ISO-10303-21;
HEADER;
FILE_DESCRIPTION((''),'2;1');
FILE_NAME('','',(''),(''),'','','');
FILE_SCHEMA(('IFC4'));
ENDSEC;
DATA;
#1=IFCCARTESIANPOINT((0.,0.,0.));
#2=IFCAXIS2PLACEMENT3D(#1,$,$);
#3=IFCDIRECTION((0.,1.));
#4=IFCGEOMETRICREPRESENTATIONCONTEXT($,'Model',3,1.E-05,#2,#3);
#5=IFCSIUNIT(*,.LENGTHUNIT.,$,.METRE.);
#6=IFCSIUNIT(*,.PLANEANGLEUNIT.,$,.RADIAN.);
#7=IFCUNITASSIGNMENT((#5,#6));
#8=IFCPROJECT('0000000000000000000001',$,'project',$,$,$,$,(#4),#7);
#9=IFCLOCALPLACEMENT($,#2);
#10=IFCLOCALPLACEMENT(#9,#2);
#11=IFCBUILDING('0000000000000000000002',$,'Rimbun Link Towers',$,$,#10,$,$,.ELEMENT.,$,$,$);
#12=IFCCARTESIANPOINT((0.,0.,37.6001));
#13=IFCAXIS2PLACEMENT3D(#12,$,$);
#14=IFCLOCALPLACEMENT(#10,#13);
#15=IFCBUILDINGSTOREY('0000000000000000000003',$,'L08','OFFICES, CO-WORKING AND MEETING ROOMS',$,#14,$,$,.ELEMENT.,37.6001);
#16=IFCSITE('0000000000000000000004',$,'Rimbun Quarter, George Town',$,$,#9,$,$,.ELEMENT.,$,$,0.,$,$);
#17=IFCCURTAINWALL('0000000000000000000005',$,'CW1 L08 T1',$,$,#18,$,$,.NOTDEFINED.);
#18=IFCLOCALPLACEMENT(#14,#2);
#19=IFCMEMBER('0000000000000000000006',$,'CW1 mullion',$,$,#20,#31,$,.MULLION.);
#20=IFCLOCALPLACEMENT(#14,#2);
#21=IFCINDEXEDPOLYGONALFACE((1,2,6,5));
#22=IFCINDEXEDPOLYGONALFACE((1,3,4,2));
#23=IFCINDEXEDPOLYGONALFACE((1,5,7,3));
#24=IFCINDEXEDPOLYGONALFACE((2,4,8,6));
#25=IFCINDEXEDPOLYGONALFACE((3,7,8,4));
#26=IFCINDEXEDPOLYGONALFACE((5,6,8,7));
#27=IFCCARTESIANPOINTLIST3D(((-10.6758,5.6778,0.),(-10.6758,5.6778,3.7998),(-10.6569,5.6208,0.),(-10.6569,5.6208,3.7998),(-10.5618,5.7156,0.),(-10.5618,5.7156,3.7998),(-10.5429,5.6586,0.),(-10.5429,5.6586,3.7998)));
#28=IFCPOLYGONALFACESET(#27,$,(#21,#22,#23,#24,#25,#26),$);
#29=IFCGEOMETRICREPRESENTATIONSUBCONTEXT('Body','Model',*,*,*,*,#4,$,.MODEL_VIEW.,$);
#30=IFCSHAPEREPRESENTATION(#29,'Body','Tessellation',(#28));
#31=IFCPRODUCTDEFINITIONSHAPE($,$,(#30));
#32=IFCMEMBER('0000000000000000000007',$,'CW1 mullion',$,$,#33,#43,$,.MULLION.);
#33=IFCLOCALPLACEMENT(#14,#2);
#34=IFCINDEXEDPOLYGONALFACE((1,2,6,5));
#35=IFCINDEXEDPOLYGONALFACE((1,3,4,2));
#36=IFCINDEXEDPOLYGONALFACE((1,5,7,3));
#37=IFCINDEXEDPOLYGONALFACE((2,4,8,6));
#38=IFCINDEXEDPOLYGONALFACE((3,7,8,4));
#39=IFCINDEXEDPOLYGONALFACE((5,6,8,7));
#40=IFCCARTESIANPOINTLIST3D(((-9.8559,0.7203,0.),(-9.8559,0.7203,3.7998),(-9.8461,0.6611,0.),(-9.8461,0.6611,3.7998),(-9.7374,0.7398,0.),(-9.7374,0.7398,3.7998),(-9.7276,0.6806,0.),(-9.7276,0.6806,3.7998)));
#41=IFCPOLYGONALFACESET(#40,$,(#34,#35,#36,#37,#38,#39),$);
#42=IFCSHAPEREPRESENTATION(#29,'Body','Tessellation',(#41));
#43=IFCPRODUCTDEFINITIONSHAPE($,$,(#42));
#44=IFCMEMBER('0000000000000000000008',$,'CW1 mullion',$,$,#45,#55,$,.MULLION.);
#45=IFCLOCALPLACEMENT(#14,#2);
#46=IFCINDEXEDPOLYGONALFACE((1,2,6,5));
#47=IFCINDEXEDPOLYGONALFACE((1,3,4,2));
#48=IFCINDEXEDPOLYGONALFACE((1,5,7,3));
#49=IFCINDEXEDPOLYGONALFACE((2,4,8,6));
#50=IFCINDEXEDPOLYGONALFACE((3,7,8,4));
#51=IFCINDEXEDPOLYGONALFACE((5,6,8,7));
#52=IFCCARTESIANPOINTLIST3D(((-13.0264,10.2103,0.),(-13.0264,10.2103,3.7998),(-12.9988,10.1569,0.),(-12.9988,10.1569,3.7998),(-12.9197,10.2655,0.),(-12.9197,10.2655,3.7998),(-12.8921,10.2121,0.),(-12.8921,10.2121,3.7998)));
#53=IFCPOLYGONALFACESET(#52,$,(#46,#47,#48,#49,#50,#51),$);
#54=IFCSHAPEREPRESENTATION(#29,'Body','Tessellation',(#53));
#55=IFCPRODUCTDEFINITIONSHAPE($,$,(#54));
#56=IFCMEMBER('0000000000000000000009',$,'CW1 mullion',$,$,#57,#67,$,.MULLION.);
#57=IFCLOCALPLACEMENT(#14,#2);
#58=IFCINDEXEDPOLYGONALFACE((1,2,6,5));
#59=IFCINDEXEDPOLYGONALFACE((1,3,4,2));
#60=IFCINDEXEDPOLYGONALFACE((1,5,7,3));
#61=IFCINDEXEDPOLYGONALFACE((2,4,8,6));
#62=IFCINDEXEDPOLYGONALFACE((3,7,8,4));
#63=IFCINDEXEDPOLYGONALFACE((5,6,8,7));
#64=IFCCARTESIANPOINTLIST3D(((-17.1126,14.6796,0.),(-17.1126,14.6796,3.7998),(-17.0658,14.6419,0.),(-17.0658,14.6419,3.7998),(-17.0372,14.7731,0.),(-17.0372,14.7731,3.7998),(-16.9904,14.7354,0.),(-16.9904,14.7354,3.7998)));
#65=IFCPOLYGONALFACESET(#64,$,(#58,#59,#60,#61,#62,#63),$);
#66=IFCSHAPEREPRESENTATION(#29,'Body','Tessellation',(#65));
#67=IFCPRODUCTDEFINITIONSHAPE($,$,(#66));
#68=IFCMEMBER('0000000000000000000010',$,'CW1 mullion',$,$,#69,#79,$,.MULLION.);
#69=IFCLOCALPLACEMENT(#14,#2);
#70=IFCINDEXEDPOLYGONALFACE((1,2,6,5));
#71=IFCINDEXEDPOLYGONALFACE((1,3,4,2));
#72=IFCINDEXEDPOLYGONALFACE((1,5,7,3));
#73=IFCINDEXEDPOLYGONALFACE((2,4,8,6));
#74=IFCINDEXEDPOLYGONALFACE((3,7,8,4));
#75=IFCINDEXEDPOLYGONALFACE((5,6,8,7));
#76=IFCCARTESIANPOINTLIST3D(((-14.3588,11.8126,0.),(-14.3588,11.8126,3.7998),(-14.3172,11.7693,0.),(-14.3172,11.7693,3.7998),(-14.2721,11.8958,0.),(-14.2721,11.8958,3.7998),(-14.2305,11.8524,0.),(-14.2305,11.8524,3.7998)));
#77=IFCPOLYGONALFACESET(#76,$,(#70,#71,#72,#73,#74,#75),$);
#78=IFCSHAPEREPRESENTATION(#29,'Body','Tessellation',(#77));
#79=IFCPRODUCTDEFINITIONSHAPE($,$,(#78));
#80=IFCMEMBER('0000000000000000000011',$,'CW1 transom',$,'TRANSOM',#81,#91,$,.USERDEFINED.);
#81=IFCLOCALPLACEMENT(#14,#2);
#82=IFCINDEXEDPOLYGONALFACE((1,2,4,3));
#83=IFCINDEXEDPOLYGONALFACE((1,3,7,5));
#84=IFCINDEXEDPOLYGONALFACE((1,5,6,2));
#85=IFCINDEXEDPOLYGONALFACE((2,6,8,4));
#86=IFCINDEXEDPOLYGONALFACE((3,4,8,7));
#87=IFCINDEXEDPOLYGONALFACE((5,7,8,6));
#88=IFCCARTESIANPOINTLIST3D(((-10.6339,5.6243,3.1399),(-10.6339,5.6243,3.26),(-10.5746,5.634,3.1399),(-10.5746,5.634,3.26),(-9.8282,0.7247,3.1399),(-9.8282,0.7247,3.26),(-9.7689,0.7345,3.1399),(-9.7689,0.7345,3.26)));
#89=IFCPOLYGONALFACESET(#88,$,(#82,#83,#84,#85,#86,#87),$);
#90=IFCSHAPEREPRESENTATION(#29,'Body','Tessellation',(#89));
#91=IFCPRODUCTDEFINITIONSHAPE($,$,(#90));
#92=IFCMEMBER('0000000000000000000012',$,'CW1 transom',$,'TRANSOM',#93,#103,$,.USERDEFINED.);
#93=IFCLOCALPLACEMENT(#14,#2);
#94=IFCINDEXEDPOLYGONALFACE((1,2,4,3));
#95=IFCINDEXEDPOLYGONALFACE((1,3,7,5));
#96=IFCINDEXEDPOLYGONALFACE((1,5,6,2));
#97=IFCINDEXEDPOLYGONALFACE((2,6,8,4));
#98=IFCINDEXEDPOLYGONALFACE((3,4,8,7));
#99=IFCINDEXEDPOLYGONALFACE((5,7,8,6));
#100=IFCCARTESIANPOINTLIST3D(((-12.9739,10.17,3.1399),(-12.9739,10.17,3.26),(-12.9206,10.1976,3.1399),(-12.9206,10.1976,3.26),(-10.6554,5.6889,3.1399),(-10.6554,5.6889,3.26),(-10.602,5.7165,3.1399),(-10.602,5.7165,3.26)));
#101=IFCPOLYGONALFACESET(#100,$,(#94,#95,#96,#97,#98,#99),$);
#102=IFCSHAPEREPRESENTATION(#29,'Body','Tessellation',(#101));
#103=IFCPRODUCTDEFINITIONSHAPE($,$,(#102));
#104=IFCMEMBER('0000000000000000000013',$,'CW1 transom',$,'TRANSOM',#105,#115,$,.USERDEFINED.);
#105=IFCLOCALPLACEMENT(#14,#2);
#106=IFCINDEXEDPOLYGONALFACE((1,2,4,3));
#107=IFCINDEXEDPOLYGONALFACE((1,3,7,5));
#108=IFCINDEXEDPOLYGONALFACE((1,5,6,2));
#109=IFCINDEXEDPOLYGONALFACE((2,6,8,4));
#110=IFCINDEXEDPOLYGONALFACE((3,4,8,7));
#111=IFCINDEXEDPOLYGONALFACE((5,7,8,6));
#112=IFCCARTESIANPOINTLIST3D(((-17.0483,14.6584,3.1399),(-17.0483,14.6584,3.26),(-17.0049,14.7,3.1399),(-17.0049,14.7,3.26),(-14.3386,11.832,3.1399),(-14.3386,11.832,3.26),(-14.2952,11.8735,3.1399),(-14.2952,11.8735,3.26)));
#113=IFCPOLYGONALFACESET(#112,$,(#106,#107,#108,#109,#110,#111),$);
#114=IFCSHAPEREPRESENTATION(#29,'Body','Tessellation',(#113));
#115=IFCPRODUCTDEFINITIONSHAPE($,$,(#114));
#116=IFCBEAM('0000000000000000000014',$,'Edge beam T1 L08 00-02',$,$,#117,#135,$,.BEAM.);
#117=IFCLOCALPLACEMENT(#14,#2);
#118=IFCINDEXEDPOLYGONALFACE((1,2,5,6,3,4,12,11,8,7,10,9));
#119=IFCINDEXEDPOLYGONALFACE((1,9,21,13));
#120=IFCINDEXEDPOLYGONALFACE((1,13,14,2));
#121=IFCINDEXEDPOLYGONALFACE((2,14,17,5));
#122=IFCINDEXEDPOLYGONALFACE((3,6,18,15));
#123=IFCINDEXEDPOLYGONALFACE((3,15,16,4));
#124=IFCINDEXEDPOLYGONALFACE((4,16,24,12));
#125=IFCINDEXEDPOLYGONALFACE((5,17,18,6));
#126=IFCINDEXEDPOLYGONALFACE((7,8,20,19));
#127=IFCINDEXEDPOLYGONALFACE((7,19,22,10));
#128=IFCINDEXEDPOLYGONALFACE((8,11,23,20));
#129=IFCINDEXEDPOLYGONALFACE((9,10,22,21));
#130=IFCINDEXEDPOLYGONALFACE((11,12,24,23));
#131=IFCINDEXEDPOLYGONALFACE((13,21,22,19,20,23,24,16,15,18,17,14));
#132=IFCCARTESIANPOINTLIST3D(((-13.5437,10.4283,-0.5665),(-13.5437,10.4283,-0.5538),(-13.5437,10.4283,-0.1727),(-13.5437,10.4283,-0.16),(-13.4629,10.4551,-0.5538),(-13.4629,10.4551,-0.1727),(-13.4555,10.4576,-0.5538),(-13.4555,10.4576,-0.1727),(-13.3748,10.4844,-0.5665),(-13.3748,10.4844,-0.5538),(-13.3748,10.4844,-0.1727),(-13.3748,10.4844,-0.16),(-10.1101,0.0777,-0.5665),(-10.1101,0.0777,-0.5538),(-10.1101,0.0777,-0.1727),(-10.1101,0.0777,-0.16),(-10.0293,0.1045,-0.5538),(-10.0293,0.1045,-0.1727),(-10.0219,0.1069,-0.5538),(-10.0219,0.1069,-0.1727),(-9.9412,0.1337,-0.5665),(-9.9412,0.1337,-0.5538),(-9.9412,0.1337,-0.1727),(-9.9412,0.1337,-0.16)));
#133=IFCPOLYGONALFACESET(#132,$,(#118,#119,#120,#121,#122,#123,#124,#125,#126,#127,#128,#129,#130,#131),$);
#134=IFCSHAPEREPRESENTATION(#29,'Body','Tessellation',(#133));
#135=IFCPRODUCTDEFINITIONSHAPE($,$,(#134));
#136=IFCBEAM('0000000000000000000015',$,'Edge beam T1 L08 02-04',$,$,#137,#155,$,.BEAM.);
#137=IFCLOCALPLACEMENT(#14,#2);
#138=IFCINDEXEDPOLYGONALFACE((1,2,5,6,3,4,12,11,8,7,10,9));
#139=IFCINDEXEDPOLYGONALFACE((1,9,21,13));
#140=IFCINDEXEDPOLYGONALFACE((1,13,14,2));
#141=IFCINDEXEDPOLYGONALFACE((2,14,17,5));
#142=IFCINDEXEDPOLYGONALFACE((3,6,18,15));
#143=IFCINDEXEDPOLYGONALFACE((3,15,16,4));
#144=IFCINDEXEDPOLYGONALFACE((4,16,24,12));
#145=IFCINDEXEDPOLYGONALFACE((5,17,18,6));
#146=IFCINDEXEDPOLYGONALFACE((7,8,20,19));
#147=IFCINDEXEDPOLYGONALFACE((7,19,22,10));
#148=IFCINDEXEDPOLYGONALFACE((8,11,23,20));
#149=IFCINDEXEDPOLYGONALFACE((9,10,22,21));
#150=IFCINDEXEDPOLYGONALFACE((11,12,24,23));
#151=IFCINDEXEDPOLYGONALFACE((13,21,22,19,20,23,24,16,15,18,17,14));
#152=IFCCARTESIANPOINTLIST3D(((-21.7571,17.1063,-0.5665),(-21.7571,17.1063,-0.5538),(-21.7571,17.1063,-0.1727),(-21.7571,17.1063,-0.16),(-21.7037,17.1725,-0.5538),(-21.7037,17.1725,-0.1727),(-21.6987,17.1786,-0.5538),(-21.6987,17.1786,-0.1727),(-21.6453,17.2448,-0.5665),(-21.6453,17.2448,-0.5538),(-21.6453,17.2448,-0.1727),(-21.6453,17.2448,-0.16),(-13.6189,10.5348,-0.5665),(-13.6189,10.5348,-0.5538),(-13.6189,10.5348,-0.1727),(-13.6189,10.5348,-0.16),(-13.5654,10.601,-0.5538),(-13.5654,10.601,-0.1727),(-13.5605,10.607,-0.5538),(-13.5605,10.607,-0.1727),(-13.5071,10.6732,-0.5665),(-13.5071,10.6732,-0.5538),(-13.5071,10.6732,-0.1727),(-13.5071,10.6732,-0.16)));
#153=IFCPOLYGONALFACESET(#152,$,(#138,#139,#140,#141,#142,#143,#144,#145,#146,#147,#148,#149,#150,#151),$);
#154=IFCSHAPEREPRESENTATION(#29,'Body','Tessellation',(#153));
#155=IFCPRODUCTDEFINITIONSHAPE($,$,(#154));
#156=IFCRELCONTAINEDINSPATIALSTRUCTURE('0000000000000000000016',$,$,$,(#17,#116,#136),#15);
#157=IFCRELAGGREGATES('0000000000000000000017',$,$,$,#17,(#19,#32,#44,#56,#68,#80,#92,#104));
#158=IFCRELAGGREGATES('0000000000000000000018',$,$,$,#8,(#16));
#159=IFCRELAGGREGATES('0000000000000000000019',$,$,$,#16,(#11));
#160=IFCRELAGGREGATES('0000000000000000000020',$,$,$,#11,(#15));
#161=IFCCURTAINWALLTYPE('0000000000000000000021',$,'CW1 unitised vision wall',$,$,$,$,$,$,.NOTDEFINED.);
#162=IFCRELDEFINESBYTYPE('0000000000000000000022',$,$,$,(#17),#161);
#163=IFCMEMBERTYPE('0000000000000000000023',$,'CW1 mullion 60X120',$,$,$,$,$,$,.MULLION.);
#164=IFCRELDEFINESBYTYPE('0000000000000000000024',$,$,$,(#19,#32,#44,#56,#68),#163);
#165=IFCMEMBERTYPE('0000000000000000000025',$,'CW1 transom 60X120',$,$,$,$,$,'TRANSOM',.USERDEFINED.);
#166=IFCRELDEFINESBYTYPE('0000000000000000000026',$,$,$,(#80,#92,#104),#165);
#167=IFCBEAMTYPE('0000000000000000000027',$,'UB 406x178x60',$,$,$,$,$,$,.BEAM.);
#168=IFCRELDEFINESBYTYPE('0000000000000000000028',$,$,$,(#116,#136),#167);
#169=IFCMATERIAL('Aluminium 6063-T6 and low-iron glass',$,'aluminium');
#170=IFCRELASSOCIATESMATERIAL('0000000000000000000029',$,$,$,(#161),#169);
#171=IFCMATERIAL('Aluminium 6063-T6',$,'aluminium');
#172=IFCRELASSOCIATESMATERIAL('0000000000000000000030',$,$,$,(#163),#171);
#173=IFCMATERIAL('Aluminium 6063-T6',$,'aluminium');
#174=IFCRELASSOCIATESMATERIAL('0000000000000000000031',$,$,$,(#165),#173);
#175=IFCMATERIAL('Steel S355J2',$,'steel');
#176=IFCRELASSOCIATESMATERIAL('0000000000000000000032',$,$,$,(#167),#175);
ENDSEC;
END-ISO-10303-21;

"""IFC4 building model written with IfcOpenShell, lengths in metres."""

from ifc_helpers import new_model, si_unit, direction, frame, origin, origin_2d, place, context, subcontext, project, spatial, rectangle, i_section, extrude, material, material_profile, profile_set, type_object, element, aggregate, save


model = new_model("IFC4")

# Units and contexts
model_context = context("Model", 3, precision=1e-05, world=origin(), true_north=direction((0.0, 1.0)))
body_context = subcontext(model_context, "Body", "Model", "MODEL_VIEW")
ifc_project = project(units=[si_unit("LENGTHUNIT", "METRE"), si_unit("PLANEANGLEUNIT", "RADIAN")], contexts=[model_context])

# Site, building, storey
site_placement = place(None, origin())
site = spatial("IfcSite", under=ifc_project, at=site_placement, Name="Rimbun Quarter, George Town", CompositionType="ELEMENT", RefElevation=0.0)
building_placement = place(site_placement, origin())
building = spatial("IfcBuilding", under=site, at=building_placement, Name="Rimbun Link Towers", CompositionType="ELEMENT")
storey_placement = place(building_placement, frame((0.0, 0.0, 37.6001)))
storey = spatial("IfcBuildingStorey", under=building, at=storey_placement, Name="L08", Description="OFFICES, CO-WORKING AND MEETING ROOMS", CompositionType="ELEMENT", Elevation=37.6001)

# Curtain wall, members
ifc_material_1 = material(Name="Aluminium 6063-T6 and low-iron glass", Category="aluminium")
curtain_wall_type = type_object("IfcCurtainWallType", Name="CW1 unitised vision wall", PredefinedType="NOTDEFINED", material=ifc_material_1)
curtain_wall_placement = place(storey_placement, origin())
curtain_wall = element("IfcCurtainWall", 1, at=curtain_wall_placement, inside=storey, type_object=curtain_wall_type, Name="CW1 L08 T1", PredefinedType="NOTDEFINED")
ifc_material_2 = material(Name="Aluminium 6063-T6", Category="aluminium")
ifc_material_profile_1 = material_profile(ifc_material_2, rectangle(XDim=0.1201, YDim=0.0601, at=origin_2d()), Name="MULLION 60X120")
ifc_profile_set_1 = profile_set([ifc_material_profile_1], Name="Aluminium 6063-T6")
member_type_1 = type_object("IfcMemberType", Name="CW1 mullion 60X120", PredefinedType="MULLION", material=ifc_profile_set_1)
member_1_placement = place(storey_placement, frame((-10.6094, 5.6682, 0.0), z_axis=(0.0, 0.0, 1.0), x_axis=(0.949161, 0.31479, 0.0)))
member_1 = element("IfcMember", 2, at=member_1_placement, type_object=member_type_1, Name="CW1 mullion", PredefinedType="MULLION", context=body_context, shape_type="SweptSolid", body=[
    extrude(rectangle(XDim=0.1201, YDim=0.0601, at=origin_2d()), origin(), (0.0, 0.0, 1.0), 3.7998),
])
member_2_placement = place(storey_placement, frame((-9.7917, 0.7004, 0.0), z_axis=(0.0, 0.0, 1.0), x_axis=(0.986748, 0.162263, 0.0)))
member_2 = element("IfcMember", 3, at=member_2_placement, type_object=member_type_1, Name="CW1 mullion", PredefinedType="MULLION", context=body_context, shape_type="SweptSolid", body=[
    extrude(rectangle(XDim=0.1201, YDim=0.0601, at=origin_2d()), origin(), (0.0, 0.0, 1.0), 3.7998),
])
member_3_placement = place(storey_placement, frame((-12.9592, 10.2112, 0.0), z_axis=(0.0, 0.0, 1.0), x_axis=(0.888153, 0.459548, 0.0)))
member_3 = element("IfcMember", 4, at=member_3_placement, type_object=member_type_1, Name="CW1 mullion", PredefinedType="MULLION", context=body_context, shape_type="SweptSolid", body=[
    extrude(rectangle(XDim=0.1201, YDim=0.0601, at=origin_2d()), origin(), (0.0, 0.0, 1.0), 3.7998),
])
member_4_placement = place(storey_placement, frame((-17.0515, 14.7075, 0.0), z_axis=(0.0, 0.0, 1.0), x_axis=(0.627666, 0.778483, 0.0)))
member_4 = element("IfcMember", 5, at=member_4_placement, type_object=member_type_1, Name="CW1 mullion", PredefinedType="MULLION", context=body_context, shape_type="SweptSolid", body=[
    extrude(rectangle(XDim=0.1201, YDim=0.0601, at=origin_2d()), origin(), (0.0, 0.0, 1.0), 3.7998),
])
member_5_placement = place(storey_placement, frame((-14.2947, 11.8325, 0.0), z_axis=(0.0, 0.0, 1.0), x_axis=(0.721844, 0.692056, 0.0)))
member_5 = element("IfcMember", 6, at=member_5_placement, type_object=member_type_1, Name="CW1 mullion", PredefinedType="MULLION", context=body_context, shape_type="SweptSolid", body=[
    extrude(rectangle(XDim=0.1201, YDim=0.0601, at=origin_2d()), origin(), (0.0, 0.0, 1.0), 3.7998),
])
ifc_material_3 = material(Name="Aluminium 6063-T6", Category="aluminium")
ifc_material_profile_2 = material_profile(ifc_material_3, rectangle(XDim=0.0601, YDim=0.1201, at=origin_2d()), Name="TRANSOM 60X120")
ifc_profile_set_2 = profile_set([ifc_material_profile_2], Name="Aluminium 6063-T6")
member_type_2 = type_object("IfcMemberType", Name="CW1 transom 60X120", ElementType="TRANSOM", PredefinedType="USERDEFINED", material=ifc_profile_set_2)
member_6_placement = place(storey_placement, frame((-10.6042, 5.6292, 3.2), z_axis=(0.162262, -0.986748, 0.0), x_axis=(0.986748, 0.162262, 0.0)))
member_6 = element("IfcMember", 7, at=member_6_placement, type_object=member_type_2, Name="CW1 transom", ObjectType="TRANSOM", PredefinedType="USERDEFINED", context=body_context, shape_type="SweptSolid", body=[
    extrude(rectangle(XDim=0.0601, YDim=0.1201, at=origin_2d()), origin(), (0.0, 0.0, 1.0), 4.9653),
])
member_7_placement = place(storey_placement, frame((-12.9473, 10.1838, 3.2), z_axis=(0.459539, -0.888158, 0.0), x_axis=(0.888158, 0.459539, 0.0)))
member_7 = element("IfcMember", 8, at=member_7_placement, type_object=member_type_2, Name="CW1 transom", ObjectType="TRANSOM", PredefinedType="USERDEFINED", context=body_context, shape_type="SweptSolid", body=[
    extrude(rectangle(XDim=0.0601, YDim=0.1201, at=origin_2d()), origin(), (0.0, 0.0, 1.0), 5.0454),
])
member_8_placement = place(storey_placement, frame((-17.0266, 14.6792, 3.2), z_axis=(0.692048, -0.721852, 0.0), x_axis=(0.721852, 0.692048, 0.0)))
member_8 = element("IfcMember", 9, at=member_8_placement, type_object=member_type_2, Name="CW1 transom", ObjectType="TRANSOM", PredefinedType="USERDEFINED", context=body_context, shape_type="SweptSolid", body=[
    extrude(rectangle(XDim=0.0601, YDim=0.1201, at=origin_2d()), origin(), (0.0, 0.0, 1.0), 3.9155),
])

# Beams
ifc_material_4 = material(Name="Steel S355J2", Category="steel")
ifc_material_profile_3 = material_profile(ifc_material_4, i_section(OverallWidth=0.178, OverallDepth=0.4065, WebThickness=0.0078, FlangeThickness=0.0127, at=origin_2d()), Name="UB 406x178x60")
ifc_profile_set_3 = profile_set([ifc_material_profile_3], Name="Steel S355J2")
beam_type = type_object("IfcBeamType", Name="UB 406x178x60", PredefinedType="BEAM", material=ifc_profile_set_3)
beam_1_placement = place(storey_placement, frame((-10.0256, 0.1057, -0.3633), z_axis=(-0.314857, 0.949139, 0.0), x_axis=(-0.949139, -0.314857, 0.0)))
element("IfcBeam", 10, at=beam_1_placement, inside=storey, type_object=beam_type, Name="Edge beam T1 L08 00-02", PredefinedType="BEAM", context=body_context, shape_type="SweptSolid", body=[
    extrude(i_section(OverallWidth=0.178, OverallDepth=0.4065, WebThickness=0.0078, FlangeThickness=0.0127, at=origin_2d()), origin(), (0.0, 0.0, 1.0), 10.9053),
])
beam_2_placement = place(storey_placement, frame((-13.563, 10.604, -0.3633), z_axis=(-0.778017, 0.628244, 0.0), x_axis=(-0.628244, -0.778017, 0.0)))
element("IfcBeam", 11, at=beam_2_placement, inside=storey, type_object=beam_type, Name="Edge beam T1 L08 02-04", PredefinedType="BEAM", context=body_context, shape_type="SweptSolid", body=[
    extrude(i_section(OverallWidth=0.178, OverallDepth=0.4065, WebThickness=0.0078, FlangeThickness=0.0127, at=origin_2d()), origin(), (0.0, 0.0, 1.0), 10.4602),
])

aggregate(curtain_wall, [member_1, member_2, member_3, member_4, member_5, member_6, member_7, member_8])

save(model, "model.ifc")
